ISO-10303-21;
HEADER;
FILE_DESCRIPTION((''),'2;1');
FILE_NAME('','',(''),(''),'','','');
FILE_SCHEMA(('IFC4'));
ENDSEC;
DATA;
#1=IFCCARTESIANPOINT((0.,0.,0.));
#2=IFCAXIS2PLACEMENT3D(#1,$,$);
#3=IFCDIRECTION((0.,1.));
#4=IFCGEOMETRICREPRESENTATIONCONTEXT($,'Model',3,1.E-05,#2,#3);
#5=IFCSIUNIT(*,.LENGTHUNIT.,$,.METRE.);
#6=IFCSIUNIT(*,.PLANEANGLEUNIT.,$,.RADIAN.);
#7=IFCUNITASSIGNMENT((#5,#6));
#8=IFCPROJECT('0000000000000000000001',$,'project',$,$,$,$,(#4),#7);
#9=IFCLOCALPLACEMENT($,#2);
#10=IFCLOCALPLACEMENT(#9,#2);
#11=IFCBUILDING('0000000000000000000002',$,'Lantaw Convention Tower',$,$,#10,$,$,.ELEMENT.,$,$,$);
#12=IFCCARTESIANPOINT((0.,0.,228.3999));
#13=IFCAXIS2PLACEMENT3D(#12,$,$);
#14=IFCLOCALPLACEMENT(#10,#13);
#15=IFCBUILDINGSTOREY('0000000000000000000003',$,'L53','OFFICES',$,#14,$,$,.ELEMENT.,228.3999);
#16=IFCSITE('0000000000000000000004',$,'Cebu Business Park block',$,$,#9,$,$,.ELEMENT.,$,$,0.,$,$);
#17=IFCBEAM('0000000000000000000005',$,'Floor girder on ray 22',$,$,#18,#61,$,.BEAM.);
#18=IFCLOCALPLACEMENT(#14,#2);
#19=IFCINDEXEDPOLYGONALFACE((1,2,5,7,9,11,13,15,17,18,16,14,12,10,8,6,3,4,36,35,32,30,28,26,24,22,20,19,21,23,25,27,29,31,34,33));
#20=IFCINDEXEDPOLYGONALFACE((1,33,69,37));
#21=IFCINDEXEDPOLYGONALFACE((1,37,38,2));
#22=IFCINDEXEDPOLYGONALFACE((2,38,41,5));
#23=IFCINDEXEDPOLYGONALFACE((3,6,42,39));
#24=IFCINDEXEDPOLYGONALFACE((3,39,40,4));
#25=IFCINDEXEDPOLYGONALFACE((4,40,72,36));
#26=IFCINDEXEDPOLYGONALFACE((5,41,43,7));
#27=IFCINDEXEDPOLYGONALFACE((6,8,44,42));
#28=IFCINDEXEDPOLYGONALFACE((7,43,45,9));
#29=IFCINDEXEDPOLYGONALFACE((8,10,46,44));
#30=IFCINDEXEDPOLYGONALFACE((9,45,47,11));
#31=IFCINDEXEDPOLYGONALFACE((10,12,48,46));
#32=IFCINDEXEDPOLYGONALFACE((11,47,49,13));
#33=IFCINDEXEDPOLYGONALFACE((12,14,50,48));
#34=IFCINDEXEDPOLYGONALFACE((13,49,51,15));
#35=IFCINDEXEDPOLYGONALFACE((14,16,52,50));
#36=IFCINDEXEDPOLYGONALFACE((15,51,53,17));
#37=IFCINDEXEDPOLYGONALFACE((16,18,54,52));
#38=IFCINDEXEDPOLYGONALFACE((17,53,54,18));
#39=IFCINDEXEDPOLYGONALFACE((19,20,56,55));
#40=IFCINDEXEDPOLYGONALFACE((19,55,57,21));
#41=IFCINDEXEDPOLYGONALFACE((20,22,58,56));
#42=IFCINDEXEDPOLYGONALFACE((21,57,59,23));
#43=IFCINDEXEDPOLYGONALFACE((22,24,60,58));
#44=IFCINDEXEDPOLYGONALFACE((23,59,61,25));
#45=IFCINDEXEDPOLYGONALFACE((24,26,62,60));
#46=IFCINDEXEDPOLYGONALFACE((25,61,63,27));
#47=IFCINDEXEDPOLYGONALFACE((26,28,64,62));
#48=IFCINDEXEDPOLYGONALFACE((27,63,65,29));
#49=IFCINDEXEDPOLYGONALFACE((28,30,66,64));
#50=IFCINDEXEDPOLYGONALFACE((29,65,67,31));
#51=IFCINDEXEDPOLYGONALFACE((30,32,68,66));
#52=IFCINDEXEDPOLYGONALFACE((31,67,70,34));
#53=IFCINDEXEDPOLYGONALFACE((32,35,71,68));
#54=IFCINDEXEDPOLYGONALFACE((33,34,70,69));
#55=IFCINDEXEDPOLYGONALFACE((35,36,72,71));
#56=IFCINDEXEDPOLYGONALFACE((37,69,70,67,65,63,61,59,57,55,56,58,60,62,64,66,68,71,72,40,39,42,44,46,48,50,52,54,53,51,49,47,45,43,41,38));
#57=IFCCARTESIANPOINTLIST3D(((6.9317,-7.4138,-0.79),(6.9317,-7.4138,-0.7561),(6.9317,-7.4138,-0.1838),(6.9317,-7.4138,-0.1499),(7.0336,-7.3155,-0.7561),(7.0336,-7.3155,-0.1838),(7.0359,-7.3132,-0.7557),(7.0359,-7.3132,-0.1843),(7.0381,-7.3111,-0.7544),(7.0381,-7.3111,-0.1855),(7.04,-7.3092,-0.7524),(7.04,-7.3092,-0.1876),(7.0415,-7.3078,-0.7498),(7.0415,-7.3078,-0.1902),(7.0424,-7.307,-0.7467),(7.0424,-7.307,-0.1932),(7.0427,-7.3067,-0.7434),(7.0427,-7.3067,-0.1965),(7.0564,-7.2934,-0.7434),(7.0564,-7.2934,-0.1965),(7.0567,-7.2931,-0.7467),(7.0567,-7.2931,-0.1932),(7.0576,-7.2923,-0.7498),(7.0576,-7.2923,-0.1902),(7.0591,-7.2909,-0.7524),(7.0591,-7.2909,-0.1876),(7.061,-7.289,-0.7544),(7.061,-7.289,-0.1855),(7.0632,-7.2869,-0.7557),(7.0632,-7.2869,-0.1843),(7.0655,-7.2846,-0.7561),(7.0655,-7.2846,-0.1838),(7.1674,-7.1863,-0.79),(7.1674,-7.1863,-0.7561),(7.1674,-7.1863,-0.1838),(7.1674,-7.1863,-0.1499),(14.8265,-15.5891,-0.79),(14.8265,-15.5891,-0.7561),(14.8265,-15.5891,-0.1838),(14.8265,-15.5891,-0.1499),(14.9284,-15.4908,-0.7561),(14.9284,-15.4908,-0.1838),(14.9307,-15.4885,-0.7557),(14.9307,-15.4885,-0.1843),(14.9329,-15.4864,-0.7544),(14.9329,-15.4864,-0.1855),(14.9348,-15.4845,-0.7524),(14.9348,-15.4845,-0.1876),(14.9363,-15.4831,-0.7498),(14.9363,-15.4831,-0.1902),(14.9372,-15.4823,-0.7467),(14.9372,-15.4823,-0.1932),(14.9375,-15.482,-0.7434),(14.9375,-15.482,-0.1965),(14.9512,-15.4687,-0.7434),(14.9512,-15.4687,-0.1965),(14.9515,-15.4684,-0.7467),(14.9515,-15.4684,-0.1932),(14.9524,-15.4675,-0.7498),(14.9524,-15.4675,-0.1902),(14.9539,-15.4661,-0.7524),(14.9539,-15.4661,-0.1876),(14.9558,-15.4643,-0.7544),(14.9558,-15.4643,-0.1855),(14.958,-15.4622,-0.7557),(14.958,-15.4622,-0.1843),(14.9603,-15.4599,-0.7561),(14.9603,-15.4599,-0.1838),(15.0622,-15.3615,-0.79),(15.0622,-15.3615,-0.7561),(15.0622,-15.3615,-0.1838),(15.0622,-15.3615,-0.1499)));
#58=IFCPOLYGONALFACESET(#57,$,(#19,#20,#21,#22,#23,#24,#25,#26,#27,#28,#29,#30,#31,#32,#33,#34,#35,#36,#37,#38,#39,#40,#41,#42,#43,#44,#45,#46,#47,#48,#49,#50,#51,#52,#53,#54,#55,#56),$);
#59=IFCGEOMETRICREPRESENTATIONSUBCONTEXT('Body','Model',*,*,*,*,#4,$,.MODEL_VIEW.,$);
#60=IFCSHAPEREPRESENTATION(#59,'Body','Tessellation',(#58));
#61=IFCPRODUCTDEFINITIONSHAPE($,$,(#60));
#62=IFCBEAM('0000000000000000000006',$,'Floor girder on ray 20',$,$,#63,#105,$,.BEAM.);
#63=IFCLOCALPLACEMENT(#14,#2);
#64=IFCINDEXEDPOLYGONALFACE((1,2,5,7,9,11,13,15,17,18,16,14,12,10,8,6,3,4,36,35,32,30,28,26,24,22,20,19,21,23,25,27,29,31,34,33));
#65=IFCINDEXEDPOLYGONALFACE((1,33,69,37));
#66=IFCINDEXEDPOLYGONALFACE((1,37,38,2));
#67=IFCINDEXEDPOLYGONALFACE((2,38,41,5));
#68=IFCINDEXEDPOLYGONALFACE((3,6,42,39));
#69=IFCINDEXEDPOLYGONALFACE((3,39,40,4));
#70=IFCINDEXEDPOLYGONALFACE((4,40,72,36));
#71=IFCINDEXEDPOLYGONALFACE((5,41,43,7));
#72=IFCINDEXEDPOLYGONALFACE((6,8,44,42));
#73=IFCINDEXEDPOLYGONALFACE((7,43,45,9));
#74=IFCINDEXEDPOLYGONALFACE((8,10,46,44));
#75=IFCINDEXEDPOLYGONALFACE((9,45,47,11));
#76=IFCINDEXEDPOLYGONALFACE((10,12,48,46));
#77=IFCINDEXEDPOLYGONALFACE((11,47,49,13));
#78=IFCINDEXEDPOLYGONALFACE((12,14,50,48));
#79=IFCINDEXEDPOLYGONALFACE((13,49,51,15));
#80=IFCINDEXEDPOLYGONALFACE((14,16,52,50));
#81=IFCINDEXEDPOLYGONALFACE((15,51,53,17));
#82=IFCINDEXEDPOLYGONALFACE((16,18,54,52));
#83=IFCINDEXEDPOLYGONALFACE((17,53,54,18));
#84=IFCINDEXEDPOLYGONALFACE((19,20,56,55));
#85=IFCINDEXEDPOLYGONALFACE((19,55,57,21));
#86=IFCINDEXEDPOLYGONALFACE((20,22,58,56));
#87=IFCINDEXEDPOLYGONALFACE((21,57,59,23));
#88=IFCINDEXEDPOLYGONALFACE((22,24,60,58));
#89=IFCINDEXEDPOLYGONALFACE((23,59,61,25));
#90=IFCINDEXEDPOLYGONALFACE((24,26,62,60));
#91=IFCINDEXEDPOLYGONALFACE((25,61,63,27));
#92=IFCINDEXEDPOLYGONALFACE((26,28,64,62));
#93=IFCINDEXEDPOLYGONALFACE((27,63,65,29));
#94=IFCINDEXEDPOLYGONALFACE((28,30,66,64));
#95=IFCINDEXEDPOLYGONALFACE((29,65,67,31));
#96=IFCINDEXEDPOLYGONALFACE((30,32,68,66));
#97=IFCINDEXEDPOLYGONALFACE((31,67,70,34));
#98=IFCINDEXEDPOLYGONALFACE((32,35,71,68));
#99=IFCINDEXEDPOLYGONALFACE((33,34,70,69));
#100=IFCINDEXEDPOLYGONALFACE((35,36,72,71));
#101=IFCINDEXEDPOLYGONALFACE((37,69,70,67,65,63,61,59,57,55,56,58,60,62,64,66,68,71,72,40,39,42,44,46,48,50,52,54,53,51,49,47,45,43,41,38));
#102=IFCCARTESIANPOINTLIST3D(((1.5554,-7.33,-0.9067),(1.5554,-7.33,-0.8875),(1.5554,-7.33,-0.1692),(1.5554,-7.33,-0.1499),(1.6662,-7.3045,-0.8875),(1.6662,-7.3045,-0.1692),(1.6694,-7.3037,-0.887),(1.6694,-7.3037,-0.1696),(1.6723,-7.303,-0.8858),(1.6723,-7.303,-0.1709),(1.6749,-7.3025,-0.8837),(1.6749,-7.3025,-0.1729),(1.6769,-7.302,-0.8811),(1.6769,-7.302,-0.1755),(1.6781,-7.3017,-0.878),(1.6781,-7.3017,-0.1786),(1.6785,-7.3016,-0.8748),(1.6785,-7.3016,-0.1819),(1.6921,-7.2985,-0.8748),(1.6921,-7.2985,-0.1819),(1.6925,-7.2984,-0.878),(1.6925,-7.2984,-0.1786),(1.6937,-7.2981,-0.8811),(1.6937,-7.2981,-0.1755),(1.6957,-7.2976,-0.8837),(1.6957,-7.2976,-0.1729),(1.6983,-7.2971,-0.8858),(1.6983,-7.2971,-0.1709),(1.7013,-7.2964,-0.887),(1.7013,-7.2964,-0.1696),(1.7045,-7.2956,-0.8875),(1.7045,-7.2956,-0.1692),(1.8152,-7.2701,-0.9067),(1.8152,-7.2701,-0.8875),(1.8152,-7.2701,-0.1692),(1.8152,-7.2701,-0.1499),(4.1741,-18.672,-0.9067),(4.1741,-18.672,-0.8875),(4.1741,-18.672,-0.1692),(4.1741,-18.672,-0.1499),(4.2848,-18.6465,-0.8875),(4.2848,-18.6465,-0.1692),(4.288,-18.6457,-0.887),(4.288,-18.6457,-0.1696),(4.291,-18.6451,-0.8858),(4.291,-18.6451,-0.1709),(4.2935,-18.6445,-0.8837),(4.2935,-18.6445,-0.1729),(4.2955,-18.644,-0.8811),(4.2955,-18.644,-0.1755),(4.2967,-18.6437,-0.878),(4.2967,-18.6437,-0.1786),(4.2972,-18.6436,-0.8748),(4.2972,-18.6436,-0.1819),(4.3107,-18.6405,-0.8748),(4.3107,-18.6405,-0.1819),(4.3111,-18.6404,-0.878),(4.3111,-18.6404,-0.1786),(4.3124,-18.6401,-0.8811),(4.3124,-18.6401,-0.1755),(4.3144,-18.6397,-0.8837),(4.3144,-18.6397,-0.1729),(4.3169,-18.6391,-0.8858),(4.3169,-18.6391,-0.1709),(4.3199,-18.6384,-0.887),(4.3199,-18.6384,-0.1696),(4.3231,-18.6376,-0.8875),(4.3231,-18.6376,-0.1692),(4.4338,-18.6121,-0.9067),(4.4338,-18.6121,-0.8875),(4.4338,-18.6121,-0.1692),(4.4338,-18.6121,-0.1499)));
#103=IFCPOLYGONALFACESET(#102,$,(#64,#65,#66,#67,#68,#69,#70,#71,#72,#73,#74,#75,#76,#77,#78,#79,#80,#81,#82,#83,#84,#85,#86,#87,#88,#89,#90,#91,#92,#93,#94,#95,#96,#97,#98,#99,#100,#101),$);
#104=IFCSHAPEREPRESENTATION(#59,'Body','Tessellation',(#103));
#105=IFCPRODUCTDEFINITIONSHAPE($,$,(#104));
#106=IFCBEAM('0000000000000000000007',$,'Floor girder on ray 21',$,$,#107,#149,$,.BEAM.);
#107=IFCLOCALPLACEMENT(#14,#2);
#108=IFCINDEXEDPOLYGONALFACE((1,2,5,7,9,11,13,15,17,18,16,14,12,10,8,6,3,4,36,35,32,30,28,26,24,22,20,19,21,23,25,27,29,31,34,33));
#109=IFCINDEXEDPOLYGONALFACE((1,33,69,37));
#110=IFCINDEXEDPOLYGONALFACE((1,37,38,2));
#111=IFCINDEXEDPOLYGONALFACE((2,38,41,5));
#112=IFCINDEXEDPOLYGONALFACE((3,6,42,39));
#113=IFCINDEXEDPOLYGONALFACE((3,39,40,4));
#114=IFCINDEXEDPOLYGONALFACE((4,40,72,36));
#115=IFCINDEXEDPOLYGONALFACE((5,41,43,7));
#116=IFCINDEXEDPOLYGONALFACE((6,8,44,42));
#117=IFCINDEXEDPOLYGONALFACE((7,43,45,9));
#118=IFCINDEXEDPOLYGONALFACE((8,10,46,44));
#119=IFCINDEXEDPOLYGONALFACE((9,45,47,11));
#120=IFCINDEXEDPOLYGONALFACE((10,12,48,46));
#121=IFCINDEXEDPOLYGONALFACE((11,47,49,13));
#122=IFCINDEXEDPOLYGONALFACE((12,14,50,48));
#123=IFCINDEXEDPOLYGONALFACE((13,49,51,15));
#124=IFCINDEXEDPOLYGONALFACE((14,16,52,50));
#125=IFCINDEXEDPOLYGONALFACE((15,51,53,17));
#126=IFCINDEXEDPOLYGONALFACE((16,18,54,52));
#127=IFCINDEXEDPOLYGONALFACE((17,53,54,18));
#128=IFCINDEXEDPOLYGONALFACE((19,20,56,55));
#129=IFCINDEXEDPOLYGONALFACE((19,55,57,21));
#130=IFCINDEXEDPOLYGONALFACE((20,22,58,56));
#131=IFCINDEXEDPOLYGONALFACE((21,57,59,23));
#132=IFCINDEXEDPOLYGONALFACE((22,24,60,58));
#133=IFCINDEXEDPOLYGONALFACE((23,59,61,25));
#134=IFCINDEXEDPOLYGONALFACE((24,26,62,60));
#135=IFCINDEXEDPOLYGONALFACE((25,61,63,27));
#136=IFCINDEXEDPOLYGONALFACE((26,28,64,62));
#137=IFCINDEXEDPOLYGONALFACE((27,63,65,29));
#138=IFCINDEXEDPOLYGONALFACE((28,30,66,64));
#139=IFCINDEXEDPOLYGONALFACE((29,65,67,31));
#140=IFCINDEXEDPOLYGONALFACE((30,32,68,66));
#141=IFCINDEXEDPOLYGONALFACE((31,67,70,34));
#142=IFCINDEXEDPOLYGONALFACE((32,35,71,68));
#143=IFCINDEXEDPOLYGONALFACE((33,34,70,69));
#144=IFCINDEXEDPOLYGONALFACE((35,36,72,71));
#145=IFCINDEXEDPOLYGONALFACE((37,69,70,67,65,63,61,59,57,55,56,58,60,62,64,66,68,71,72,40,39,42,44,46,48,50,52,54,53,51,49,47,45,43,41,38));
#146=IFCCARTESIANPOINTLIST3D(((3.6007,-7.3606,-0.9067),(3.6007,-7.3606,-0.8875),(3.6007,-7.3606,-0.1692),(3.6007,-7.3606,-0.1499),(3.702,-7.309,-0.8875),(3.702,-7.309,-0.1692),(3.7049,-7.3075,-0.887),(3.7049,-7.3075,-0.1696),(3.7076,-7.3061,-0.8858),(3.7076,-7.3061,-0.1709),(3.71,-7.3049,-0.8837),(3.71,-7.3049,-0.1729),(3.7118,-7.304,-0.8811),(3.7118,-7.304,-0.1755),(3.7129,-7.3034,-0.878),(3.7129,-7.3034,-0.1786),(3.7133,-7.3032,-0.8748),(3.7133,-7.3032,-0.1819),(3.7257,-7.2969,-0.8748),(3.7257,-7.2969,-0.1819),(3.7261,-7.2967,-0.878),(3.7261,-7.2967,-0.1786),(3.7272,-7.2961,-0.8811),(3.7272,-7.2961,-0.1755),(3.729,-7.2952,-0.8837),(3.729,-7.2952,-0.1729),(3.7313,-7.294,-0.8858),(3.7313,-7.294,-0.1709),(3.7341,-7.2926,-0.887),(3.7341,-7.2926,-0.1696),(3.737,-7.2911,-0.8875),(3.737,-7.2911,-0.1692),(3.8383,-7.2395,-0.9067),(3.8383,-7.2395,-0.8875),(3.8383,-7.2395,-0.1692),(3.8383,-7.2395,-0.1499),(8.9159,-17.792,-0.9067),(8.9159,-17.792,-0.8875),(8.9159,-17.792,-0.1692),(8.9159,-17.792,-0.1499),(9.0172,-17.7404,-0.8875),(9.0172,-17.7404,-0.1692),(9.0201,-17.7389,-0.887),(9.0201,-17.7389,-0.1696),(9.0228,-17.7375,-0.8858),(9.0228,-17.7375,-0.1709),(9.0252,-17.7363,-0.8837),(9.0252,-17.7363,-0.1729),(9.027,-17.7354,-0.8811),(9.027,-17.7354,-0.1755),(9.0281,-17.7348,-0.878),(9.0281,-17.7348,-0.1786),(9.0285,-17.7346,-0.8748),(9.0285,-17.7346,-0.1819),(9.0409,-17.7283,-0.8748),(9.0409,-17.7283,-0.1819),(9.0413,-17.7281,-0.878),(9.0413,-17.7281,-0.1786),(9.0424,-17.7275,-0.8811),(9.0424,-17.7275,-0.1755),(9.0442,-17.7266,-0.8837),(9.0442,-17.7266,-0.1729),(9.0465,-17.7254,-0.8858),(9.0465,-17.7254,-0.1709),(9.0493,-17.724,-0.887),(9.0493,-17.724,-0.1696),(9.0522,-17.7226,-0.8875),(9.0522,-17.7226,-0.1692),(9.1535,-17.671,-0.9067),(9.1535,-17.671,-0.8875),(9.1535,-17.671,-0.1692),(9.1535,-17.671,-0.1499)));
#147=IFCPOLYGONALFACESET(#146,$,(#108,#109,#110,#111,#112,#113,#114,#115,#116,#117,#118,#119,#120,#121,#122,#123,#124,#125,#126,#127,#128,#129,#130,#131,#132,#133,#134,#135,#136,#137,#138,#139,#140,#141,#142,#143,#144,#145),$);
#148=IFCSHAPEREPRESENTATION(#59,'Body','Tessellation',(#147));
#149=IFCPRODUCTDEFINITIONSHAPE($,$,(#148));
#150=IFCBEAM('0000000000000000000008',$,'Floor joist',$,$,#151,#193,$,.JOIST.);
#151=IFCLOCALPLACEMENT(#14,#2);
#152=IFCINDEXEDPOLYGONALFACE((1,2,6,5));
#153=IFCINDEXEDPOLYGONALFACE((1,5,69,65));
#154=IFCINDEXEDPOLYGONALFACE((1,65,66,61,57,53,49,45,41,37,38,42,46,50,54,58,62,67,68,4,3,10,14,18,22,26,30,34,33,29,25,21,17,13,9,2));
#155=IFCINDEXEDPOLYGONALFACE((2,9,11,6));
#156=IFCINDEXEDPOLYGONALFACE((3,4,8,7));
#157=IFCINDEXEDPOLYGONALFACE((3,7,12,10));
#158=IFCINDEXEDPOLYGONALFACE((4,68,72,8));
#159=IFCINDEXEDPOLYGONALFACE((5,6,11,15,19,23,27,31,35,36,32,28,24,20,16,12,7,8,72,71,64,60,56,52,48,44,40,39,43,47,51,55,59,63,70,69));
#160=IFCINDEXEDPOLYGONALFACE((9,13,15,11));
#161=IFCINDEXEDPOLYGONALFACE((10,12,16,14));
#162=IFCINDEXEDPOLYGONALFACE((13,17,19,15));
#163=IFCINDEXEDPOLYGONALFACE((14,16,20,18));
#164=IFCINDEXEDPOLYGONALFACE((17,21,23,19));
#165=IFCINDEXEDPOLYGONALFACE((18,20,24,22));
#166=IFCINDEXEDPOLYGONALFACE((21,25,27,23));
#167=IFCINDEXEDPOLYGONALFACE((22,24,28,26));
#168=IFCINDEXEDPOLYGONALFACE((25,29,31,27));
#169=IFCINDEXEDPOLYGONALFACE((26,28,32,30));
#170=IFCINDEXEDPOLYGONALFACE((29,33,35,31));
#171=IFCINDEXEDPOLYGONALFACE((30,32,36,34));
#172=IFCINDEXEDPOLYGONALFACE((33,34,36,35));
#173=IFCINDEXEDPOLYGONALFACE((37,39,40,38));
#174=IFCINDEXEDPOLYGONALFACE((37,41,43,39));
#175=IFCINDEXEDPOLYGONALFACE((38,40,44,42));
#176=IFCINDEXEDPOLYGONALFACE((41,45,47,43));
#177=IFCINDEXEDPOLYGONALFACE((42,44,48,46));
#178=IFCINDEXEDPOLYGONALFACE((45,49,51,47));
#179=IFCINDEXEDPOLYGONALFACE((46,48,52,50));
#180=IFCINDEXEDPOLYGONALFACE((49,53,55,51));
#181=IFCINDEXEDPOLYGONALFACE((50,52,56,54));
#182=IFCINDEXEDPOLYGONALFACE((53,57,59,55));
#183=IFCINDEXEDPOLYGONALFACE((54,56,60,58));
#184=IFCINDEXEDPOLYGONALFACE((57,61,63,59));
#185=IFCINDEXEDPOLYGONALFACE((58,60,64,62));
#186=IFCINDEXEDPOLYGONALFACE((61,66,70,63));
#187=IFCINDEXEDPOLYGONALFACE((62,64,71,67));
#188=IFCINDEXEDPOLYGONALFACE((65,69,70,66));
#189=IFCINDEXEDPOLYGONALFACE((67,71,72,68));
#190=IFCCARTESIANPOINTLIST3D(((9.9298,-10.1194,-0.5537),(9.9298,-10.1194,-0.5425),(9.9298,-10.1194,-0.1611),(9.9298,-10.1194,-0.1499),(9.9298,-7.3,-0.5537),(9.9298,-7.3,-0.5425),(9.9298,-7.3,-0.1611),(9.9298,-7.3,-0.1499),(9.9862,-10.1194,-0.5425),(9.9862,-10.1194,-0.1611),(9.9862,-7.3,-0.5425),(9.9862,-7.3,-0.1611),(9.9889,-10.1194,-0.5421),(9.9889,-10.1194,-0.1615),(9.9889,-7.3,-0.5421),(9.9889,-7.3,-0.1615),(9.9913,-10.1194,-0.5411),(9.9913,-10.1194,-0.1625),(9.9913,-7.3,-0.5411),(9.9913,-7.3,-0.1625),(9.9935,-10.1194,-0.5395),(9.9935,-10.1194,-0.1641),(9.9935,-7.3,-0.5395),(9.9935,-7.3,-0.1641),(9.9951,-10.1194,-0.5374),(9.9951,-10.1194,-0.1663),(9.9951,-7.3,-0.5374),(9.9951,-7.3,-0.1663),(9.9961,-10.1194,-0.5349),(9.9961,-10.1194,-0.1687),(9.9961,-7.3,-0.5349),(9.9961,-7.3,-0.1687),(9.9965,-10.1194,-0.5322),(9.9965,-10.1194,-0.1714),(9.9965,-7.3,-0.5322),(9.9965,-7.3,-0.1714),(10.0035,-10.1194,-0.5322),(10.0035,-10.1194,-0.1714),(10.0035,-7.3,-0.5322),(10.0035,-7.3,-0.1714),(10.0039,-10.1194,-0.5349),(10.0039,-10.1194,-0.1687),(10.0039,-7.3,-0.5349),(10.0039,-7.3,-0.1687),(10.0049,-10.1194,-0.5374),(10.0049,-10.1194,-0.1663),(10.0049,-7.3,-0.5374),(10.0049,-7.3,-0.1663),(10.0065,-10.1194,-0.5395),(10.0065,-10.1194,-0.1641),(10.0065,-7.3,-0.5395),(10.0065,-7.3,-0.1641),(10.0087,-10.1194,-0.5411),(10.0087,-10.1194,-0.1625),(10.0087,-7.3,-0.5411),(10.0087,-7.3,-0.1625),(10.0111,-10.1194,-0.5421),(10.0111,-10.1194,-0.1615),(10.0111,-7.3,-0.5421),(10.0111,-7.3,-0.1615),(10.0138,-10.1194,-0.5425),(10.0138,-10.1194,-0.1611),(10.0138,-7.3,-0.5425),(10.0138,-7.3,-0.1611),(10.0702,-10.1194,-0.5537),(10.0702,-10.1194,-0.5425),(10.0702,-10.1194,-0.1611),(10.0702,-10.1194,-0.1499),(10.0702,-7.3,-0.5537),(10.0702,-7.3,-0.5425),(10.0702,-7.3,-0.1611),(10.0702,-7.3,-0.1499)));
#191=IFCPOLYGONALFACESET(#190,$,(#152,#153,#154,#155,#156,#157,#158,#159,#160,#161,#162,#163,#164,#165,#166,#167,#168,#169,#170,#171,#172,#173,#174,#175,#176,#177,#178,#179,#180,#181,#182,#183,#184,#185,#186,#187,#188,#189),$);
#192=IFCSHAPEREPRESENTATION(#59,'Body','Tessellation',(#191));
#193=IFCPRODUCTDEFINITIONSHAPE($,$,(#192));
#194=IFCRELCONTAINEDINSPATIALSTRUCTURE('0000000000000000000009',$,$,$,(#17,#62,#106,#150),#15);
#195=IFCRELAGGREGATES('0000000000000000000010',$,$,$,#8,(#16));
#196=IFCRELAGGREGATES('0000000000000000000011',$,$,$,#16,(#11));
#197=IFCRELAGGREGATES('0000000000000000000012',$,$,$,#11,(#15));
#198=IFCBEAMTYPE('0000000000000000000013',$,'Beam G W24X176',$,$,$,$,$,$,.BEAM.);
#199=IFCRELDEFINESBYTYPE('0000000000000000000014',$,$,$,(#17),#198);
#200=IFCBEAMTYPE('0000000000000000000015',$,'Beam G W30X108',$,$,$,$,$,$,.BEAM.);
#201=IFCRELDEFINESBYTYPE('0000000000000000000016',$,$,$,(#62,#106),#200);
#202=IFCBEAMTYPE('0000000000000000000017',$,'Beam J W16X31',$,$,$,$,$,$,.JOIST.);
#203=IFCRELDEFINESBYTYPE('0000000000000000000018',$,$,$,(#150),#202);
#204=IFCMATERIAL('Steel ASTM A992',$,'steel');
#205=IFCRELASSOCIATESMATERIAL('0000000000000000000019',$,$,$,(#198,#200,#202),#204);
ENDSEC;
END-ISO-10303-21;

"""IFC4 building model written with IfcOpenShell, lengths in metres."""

from ifc_helpers import new_model, si_unit, direction, frame, origin, origin_2d, place, context, subcontext, project, spatial, i_section, extrude, material, material_profile, profile_set, type_object, element, save


model = new_model("IFC4")

# Units and contexts
model_context = context("Model", 3, precision=1e-05, world=origin(), true_north=direction((0.0, 1.0)))
body_context = subcontext(model_context, "Body", "Model", "MODEL_VIEW")
ifc_project = project(units=[si_unit("LENGTHUNIT", "METRE"), si_unit("PLANEANGLEUNIT", "RADIAN")], contexts=[model_context])

# Site, building, storey
site_placement = place(None, origin())
site = spatial("IfcSite", under=ifc_project, at=site_placement, Name="Cebu Business Park block", CompositionType="ELEMENT", RefElevation=0.0)
building_placement = place(site_placement, origin())
building = spatial("IfcBuilding", under=site, at=building_placement, Name="Lantaw Convention Tower", CompositionType="ELEMENT")
storey_placement = place(building_placement, frame((0.0, 0.0, 228.3999)))
storey = spatial("IfcBuildingStorey", under=building, at=storey_placement, Name="L53", Description="OFFICES", CompositionType="ELEMENT", Elevation=228.3999)

# Beams
ifc_material_1 = material(Name="Steel ASTM A992", Category="steel")
ifc_material_profile_1 = material_profile(ifc_material_1, i_section(OverallWidth=0.3276, OverallDepth=0.6401, WebThickness=0.019, FlangeThickness=0.0339, FilletRadius=0.0127, at=origin_2d()), Name="W24X176")
ifc_profile_set_1 = profile_set([ifc_material_profile_1], Name="Steel ASTM A992")
beam_type_1 = type_object("IfcBeamType", Name="Beam G W24X176", PredefinedType="BEAM", material=ifc_profile_set_1)
beam_1_placement = place(storey_placement, frame((7.0496, -7.3, -0.47), z_axis=(0.694658, -0.71934, 0.0), x_axis=(0.71934, 0.694658, 0.0)))
element("IfcBeam", 1, at=beam_1_placement, inside=storey, type_object=beam_type_1, Name="Floor girder on ray 22", PredefinedType="BEAM", context=body_context, shape_type="SweptSolid", body=[
    extrude(i_section(OverallWidth=0.3276, OverallDepth=0.6401, WebThickness=0.019, FlangeThickness=0.0339, FilletRadius=0.0127, at=origin_2d()), origin(), (0.0, 0.0, 1.0), 11.365),
])
ifc_material_profile_2 = material_profile(ifc_material_1, i_section(OverallWidth=0.2666, OverallDepth=0.7568, WebThickness=0.0139, FlangeThickness=0.0193, FilletRadius=0.0127, at=origin_2d()), Name="W30X108")
ifc_profile_set_2 = profile_set([ifc_material_profile_2], Name="Steel ASTM A992")
beam_type_2 = type_object("IfcBeamType", Name="Beam G W30X108", PredefinedType="BEAM", material=ifc_profile_set_2)
beam_2_placement = place(storey_placement, frame((1.6853, -7.3, -0.5283), z_axis=(0.224962, -0.974368, 0.0), x_axis=(0.974368, 0.224962, 0.0)))
element("IfcBeam", 2, at=beam_2_placement, inside=storey, type_object=beam_type_2, Name="Floor girder on ray 20", PredefinedType="BEAM", context=body_context, shape_type="SweptSolid", body=[
    extrude(i_section(OverallWidth=0.2666, OverallDepth=0.7568, WebThickness=0.0139, FlangeThickness=0.0193, FilletRadius=0.0127, at=origin_2d()), origin(), (0.0, 0.0, 1.0), 11.6404),
])
beam_3_placement = place(storey_placement, frame((3.7195, -7.3, -0.5283), z_axis=(0.453999, -0.891002, 0.0), x_axis=(0.891002, 0.453999, 0.0)))
element("IfcBeam", 3, at=beam_3_placement, inside=storey, type_object=beam_type_2, Name="Floor girder on ray 21", PredefinedType="BEAM", context=body_context, shape_type="SweptSolid", body=[
    extrude(i_section(OverallWidth=0.2666, OverallDepth=0.7568, WebThickness=0.0139, FlangeThickness=0.0193, FilletRadius=0.0127, at=origin_2d()), origin(), (0.0, 0.0, 1.0), 11.7075),
])
ifc_material_profile_3 = material_profile(ifc_material_1, i_section(OverallWidth=0.1404, OverallDepth=0.4038, WebThickness=0.0071, FlangeThickness=0.0112, FilletRadius=0.0103, at=origin_2d()), Name="W16X31")
ifc_profile_set_3 = profile_set([ifc_material_profile_3], Name="Steel ASTM A992")
beam_type_3 = type_object("IfcBeamType", Name="Beam J W16X31", PredefinedType="JOIST", material=ifc_profile_set_3)
beam_4_placement = place(storey_placement, frame((10.0, -10.1194, -0.3518), z_axis=(0.0, 1.0, 0.0), x_axis=(-1.0, 0.0, 0.0)))
element("IfcBeam", 4, at=beam_4_placement, inside=storey, type_object=beam_type_3, Name="Floor joist", PredefinedType="JOIST", context=body_context, shape_type="SweptSolid", body=[
    extrude(i_section(OverallWidth=0.1404, OverallDepth=0.4038, WebThickness=0.0071, FlangeThickness=0.0112, FilletRadius=0.0103, at=origin_2d()), origin(), (0.0, 0.0, 1.0), 2.8193),
])

save(model, "model.ifc")
